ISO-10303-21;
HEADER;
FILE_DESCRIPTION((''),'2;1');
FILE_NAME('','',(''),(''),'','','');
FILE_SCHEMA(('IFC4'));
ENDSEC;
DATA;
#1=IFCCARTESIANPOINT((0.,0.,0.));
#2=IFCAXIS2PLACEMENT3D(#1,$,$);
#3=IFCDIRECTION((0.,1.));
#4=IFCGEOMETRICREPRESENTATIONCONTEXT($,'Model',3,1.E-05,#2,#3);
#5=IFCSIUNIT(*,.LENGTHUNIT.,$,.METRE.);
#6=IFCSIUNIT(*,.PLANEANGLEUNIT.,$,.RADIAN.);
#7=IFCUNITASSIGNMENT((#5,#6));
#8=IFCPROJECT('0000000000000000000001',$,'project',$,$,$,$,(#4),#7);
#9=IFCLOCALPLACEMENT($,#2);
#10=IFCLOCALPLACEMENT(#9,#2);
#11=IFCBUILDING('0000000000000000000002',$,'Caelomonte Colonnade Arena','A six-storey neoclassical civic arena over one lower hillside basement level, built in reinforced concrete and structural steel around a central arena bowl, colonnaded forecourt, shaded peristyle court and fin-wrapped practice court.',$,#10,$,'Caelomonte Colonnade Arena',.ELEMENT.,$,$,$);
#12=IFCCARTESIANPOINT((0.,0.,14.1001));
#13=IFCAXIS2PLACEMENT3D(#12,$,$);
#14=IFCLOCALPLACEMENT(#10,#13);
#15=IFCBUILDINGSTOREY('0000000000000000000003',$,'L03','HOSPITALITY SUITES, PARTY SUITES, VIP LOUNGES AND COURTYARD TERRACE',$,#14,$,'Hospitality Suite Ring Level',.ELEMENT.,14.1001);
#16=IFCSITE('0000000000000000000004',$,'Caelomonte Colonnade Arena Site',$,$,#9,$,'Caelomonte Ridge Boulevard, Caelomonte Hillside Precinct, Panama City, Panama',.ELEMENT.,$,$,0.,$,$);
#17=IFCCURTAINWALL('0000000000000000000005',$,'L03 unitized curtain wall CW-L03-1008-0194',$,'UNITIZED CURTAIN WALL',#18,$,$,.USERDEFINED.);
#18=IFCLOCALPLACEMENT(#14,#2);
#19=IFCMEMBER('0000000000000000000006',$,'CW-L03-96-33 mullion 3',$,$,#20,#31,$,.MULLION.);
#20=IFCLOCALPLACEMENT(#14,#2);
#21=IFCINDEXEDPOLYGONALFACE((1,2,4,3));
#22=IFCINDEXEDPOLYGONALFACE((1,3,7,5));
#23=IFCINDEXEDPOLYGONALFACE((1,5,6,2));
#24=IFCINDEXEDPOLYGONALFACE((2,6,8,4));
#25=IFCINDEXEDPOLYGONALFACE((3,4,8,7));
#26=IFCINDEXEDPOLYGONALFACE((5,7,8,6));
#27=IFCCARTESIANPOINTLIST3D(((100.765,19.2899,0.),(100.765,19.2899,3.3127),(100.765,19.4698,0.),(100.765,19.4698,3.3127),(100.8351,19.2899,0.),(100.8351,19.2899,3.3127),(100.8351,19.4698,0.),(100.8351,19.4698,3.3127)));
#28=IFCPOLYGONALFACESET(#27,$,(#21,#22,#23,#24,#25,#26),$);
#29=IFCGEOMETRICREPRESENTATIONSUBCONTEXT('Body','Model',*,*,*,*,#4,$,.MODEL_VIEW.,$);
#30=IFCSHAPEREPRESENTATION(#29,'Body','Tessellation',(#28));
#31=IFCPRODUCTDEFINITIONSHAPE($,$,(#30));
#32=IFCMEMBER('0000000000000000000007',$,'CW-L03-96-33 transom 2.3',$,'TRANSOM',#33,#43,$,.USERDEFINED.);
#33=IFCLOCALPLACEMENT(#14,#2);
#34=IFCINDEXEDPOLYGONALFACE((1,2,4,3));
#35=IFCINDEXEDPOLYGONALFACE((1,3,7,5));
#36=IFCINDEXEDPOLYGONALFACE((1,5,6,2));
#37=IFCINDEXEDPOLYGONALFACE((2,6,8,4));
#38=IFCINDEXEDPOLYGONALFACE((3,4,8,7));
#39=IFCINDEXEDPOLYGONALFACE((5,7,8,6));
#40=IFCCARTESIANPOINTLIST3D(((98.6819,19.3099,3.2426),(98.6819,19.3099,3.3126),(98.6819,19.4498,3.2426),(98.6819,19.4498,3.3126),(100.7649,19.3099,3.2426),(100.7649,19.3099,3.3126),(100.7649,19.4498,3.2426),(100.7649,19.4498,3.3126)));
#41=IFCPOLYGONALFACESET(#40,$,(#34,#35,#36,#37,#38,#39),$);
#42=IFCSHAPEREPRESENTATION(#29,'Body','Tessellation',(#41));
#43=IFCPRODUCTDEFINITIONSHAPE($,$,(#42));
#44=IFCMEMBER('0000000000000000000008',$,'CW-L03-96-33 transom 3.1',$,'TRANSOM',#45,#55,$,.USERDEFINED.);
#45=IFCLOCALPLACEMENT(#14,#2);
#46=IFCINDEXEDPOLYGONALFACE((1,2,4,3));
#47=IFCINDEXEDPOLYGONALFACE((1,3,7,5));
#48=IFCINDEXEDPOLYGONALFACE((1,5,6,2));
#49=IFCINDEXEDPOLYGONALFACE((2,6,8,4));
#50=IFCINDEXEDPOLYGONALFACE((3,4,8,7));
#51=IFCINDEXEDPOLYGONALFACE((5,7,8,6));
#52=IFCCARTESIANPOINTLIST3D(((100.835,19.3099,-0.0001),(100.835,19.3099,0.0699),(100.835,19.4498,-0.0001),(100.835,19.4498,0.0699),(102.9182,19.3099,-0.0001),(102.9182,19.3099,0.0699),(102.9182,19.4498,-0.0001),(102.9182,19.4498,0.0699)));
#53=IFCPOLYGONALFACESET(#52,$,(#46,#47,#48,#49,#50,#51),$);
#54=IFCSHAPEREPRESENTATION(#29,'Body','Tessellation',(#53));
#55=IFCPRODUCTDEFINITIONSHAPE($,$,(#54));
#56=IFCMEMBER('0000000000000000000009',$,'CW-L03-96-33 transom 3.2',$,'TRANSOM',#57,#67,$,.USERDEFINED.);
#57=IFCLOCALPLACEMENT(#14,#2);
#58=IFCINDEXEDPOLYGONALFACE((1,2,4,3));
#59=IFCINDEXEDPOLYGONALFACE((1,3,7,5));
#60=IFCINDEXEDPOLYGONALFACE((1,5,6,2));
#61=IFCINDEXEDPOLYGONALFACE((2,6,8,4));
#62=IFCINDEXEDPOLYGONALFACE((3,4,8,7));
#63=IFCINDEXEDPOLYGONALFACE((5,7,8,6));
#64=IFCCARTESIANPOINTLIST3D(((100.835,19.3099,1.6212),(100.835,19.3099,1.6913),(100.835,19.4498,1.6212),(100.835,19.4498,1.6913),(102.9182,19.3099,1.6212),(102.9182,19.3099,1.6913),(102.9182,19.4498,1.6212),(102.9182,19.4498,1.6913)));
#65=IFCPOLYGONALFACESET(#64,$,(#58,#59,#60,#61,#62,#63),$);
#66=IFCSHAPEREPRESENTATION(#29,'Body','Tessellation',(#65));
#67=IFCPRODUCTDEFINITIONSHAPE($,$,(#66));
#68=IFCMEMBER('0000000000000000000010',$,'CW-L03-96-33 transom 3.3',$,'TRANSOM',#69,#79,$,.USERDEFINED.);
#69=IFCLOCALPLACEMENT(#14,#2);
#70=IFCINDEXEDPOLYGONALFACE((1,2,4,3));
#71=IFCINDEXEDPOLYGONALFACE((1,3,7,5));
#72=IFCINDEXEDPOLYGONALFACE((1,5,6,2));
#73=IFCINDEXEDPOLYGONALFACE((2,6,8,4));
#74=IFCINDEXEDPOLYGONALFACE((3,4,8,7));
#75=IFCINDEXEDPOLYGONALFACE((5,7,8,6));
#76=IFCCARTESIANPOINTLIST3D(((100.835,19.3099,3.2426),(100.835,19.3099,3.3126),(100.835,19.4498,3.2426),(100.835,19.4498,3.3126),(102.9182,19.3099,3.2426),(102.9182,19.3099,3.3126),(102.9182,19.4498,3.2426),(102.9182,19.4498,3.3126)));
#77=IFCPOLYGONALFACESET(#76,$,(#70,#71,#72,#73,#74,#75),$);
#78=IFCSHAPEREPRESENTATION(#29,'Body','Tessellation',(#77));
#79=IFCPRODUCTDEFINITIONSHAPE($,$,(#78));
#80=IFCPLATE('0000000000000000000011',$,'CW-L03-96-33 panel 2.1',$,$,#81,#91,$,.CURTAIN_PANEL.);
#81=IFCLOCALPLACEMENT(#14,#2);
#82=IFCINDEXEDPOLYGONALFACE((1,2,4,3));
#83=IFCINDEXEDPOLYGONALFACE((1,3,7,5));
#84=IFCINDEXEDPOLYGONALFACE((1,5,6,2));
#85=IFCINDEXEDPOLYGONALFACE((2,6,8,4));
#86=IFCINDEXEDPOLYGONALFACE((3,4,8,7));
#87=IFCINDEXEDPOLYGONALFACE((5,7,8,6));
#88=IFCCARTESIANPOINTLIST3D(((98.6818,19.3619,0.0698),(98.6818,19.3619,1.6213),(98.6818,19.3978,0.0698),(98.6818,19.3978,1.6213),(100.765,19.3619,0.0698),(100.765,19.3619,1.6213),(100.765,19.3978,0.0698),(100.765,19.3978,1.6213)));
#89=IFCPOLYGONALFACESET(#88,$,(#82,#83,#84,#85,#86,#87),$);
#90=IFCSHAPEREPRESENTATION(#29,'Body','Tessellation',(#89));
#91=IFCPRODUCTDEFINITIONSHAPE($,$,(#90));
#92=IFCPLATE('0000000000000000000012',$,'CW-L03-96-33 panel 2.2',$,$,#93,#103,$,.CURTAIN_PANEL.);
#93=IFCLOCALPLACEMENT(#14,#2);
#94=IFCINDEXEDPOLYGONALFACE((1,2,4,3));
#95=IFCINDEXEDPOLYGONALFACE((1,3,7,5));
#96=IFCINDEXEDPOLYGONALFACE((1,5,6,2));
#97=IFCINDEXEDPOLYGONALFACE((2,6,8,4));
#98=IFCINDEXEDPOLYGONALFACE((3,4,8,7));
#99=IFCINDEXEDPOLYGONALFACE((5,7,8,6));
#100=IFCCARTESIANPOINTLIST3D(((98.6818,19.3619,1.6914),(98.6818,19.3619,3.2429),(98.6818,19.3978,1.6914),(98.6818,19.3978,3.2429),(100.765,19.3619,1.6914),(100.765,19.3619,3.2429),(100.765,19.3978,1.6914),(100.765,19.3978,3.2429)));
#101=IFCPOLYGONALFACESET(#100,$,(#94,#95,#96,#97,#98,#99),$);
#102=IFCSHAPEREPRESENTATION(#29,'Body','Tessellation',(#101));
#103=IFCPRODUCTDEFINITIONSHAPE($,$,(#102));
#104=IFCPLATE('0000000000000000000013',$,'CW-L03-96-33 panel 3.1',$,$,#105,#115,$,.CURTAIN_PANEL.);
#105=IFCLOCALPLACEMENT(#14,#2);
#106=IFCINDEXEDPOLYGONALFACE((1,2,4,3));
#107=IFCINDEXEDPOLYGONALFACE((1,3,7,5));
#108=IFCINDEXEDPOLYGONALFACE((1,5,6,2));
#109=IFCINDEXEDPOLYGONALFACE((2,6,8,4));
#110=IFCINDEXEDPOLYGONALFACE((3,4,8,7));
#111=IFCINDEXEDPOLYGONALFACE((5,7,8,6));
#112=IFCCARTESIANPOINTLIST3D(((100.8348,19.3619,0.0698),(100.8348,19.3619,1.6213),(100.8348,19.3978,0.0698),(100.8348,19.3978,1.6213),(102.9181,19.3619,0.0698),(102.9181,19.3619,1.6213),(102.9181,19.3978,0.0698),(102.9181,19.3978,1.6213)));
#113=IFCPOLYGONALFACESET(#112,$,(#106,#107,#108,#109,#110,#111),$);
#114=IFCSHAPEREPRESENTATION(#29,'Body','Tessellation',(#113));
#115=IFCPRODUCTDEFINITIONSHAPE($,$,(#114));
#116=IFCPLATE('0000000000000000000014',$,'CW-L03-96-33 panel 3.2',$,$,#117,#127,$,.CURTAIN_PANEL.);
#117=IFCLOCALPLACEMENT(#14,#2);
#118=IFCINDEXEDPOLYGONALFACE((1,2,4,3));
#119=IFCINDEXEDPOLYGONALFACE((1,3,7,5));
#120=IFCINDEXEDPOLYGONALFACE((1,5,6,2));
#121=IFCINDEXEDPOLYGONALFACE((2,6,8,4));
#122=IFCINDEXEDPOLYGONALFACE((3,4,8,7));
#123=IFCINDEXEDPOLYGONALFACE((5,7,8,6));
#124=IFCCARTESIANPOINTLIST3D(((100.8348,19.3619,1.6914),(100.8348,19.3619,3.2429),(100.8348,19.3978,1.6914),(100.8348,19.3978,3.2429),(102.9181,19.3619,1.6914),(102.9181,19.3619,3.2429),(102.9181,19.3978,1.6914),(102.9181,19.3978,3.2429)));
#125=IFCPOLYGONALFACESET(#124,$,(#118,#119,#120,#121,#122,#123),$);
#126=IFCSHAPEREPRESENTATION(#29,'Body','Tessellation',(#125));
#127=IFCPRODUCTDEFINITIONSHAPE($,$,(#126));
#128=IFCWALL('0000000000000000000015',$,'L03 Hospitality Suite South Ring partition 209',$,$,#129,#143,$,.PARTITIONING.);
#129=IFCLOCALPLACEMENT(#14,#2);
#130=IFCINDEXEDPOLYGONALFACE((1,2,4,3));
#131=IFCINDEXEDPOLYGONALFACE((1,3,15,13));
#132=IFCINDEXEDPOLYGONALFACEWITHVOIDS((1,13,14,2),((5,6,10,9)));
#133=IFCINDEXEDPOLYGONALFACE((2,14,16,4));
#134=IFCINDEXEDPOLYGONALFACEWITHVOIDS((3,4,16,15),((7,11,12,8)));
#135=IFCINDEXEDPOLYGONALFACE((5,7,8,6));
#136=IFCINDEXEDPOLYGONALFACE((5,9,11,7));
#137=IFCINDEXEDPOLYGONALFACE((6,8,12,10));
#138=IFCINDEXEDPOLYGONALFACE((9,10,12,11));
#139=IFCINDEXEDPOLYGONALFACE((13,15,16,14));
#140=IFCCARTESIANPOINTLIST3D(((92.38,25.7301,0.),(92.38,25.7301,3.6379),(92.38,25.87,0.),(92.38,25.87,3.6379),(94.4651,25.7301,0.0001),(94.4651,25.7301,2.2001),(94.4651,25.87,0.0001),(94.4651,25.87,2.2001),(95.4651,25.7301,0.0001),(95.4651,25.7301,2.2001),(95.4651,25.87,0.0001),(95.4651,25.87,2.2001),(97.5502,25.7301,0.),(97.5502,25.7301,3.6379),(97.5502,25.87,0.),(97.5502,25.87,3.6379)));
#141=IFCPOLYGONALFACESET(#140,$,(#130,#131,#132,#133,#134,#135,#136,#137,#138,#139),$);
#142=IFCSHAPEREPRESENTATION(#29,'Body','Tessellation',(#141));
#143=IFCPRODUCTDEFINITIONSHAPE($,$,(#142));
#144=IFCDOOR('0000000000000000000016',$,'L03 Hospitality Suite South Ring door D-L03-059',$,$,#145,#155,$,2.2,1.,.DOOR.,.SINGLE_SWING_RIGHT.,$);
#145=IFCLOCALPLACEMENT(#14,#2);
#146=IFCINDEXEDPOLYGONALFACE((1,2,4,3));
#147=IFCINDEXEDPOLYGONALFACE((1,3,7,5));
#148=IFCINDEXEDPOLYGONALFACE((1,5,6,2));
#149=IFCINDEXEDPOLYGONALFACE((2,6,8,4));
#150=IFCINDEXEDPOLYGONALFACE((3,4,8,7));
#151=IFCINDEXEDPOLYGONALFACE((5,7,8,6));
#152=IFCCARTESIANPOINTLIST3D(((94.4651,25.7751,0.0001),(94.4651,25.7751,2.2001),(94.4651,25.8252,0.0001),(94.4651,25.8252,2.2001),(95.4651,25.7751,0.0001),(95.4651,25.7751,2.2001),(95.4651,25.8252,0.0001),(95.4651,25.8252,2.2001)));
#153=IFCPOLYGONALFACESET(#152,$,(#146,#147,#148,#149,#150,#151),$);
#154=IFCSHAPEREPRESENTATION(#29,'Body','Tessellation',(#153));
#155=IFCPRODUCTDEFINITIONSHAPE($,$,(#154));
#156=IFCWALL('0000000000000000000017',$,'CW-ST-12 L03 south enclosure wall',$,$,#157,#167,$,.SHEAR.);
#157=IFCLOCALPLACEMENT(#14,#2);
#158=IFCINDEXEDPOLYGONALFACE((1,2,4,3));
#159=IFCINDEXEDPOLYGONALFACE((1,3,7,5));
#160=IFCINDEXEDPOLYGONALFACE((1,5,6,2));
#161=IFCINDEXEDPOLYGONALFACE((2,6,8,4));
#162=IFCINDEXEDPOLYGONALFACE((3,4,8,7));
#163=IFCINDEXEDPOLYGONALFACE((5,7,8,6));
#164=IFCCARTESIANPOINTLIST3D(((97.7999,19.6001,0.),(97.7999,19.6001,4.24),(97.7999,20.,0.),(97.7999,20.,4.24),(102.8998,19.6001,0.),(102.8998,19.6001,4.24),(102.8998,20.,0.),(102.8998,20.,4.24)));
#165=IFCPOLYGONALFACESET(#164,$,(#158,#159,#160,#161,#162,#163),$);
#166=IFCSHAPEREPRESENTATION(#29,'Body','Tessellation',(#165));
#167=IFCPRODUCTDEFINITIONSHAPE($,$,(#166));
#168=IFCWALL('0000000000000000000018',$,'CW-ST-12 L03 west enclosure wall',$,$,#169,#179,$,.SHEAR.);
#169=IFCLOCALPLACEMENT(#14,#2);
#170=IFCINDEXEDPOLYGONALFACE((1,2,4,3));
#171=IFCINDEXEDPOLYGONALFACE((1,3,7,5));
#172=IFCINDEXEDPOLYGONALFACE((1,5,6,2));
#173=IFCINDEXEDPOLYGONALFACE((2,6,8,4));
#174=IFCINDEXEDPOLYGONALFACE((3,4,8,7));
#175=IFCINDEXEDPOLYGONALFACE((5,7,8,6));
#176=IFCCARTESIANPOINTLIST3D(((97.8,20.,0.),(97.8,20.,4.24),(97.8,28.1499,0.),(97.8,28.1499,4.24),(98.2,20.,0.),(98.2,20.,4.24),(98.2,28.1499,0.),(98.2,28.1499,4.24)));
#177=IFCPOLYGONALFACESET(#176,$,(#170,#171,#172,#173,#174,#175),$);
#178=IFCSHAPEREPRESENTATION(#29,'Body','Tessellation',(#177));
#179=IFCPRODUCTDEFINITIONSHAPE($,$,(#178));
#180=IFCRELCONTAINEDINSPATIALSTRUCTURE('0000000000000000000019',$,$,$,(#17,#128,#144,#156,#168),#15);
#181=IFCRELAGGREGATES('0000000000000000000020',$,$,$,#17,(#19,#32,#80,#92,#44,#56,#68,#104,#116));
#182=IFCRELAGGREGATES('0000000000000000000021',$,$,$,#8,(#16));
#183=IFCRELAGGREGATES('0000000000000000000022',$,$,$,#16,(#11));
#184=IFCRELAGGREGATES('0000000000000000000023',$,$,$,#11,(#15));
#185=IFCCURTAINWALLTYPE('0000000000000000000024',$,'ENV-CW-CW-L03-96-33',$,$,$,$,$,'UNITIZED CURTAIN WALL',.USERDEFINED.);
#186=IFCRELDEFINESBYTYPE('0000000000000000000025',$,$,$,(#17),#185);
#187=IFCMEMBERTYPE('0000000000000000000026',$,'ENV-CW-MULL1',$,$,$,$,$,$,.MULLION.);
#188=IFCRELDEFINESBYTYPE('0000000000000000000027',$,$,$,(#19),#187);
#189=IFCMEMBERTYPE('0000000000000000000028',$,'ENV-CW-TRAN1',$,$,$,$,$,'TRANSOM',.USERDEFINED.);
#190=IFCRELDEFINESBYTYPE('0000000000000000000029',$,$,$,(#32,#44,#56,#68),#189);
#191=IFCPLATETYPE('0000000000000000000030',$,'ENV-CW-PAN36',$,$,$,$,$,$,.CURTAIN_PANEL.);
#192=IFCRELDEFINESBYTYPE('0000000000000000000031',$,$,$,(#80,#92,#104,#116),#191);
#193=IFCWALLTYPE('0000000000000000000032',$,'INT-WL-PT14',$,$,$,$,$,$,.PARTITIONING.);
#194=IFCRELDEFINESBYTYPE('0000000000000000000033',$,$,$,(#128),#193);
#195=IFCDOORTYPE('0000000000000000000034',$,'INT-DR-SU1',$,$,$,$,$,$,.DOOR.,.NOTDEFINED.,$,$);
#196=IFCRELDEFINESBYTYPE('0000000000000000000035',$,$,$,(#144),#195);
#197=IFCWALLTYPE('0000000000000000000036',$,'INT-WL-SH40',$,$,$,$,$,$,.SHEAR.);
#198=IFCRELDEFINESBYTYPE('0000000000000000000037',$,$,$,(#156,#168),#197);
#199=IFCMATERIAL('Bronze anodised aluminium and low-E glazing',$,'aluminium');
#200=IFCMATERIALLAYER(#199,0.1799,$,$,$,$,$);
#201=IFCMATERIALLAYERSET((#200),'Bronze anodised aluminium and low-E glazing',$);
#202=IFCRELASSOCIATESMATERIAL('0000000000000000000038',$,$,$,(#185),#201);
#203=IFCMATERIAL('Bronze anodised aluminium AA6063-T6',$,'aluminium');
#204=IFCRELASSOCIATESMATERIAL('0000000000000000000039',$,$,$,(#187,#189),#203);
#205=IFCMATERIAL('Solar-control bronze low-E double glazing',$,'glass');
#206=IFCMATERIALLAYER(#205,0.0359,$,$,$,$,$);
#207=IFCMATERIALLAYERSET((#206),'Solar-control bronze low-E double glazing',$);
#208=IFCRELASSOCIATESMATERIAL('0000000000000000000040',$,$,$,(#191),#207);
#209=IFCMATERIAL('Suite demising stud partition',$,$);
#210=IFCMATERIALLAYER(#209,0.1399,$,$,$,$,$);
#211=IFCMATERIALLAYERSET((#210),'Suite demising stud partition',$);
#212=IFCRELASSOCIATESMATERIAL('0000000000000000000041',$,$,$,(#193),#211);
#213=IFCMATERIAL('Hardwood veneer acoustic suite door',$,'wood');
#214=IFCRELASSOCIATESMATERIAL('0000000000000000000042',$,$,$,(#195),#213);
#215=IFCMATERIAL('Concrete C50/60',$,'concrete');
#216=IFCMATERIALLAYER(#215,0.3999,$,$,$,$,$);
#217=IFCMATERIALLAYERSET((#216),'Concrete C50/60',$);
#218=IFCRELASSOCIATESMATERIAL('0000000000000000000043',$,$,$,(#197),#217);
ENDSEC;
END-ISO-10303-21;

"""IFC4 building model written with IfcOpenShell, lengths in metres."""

from ifc_helpers import new_model, si_unit, direction, frame, frame_2d, origin, origin_2d, place, context, subcontext, project, spatial, rectangle, extrude, material, layer, layer_set, material_profile, profile_set, type_object, element, fill, aggregate, save


model = new_model("IFC4")

# Units and contexts
model_context = context("Model", 3, precision=1e-05, world=origin(), true_north=direction((0.0, 1.0)))
body_context = subcontext(model_context, "Body", "Model", "MODEL_VIEW")
ifc_project = project(units=[si_unit("LENGTHUNIT", "METRE"), si_unit("PLANEANGLEUNIT", "RADIAN")], contexts=[model_context])

# Site, building, storey
site_placement = place(None, origin())
site = spatial("IfcSite", under=ifc_project, at=site_placement, Name="Caelomonte Colonnade Arena Site", LongName="Caelomonte Ridge Boulevard, Caelomonte Hillside Precinct, Panama City, Panama", CompositionType="ELEMENT", RefElevation=0.0)
building_placement = place(site_placement, origin())
building = spatial("IfcBuilding", under=site, at=building_placement, Name="Caelomonte Colonnade Arena", Description="A six-storey neoclassical civic arena over one lower hillside basement level, built in reinforced concrete and structural steel around a central arena bowl, colonnaded forecourt, shaded peristyle court and fin-wrapped practice court.", LongName="Caelomonte Colonnade Arena", CompositionType="ELEMENT")
storey_placement = place(building_placement, frame((0.0, 0.0, 14.1001)))
storey = spatial("IfcBuildingStorey", under=building, at=storey_placement, Name="L03", Description="HOSPITALITY SUITES, PARTY SUITES, VIP LOUNGES AND COURTYARD TERRACE", LongName="Hospitality Suite Ring Level", CompositionType="ELEMENT", Elevation=14.1001)

# Curtain wall, members, plates
ifc_material_1 = material(Name="Bronze anodised aluminium and low-E glazing", Category="aluminium")
ifc_layer_1 = layer(ifc_material_1, 0.1799)
ifc_layer_set_1 = layer_set([ifc_layer_1], Name="Bronze anodised aluminium and low-E glazing")
curtain_wall_type = type_object("IfcCurtainWallType", Name="ENV-CW-CW-L03-96-33", ElementType="UNITIZED CURTAIN WALL", PredefinedType="USERDEFINED", material=ifc_layer_set_1)
curtain_wall_placement = place(storey_placement, origin())
curtain_wall = element("IfcCurtainWall", 1, at=curtain_wall_placement, inside=storey, type_object=curtain_wall_type, Name="L03 unitized curtain wall CW-L03-1008-0194", ObjectType="UNITIZED CURTAIN WALL", PredefinedType="USERDEFINED")
ifc_material_2 = material(Name="Bronze anodised aluminium AA6063-T6", Category="aluminium")
ifc_material_profile_1 = material_profile(ifc_material_2, rectangle(XDim=0.0701, YDim=0.1799, at=origin_2d()), Name="CWM-70X180")
ifc_profile_set_1 = profile_set([ifc_material_profile_1], Name="Bronze anodised aluminium AA6063-T6")
member_type_1 = type_object("IfcMemberType", Name="ENV-CW-MULL1", PredefinedType="MULLION", material=ifc_profile_set_1)
member_1_placement = place(storey_placement, frame((100.8, 19.3799, 0.0), z_axis=(0.0, 0.0, 1.0), x_axis=(1.0, 0.0, 0.0)))
member_1 = element("IfcMember", 2, at=member_1_placement, type_object=member_type_1, Name="CW-L03-96-33 mullion 3", PredefinedType="MULLION", context=body_context, shape_type="SweptSolid", body=[
    extrude(rectangle(XDim=0.0701, YDim=0.1799, at=origin_2d()), origin(), (0.0, 0.0, 1.0), 3.3127),
])
ifc_material_profile_2 = material_profile(ifc_material_2, rectangle(XDim=0.0701, YDim=0.1399, at=origin_2d()), Name="CWT-70X140")
ifc_profile_set_2 = profile_set([ifc_material_profile_2], Name="Bronze anodised aluminium AA6063-T6")
member_type_2 = type_object("IfcMemberType", Name="ENV-CW-TRAN1", ElementType="TRANSOM", PredefinedType="USERDEFINED", material=ifc_profile_set_2)
member_2_placement = place(storey_placement, frame((98.6819, 19.3799, 3.2776), z_axis=(1.0, 0.0, 0.0), x_axis=(0.0, 0.0, 1.0)))
member_2 = element("IfcMember", 3, at=member_2_placement, type_object=member_type_2, Name="CW-L03-96-33 transom 2.3", ObjectType="TRANSOM", PredefinedType="USERDEFINED", context=body_context, shape_type="SweptSolid", body=[
    extrude(rectangle(XDim=0.0701, YDim=0.1399, at=origin_2d()), origin(), (0.0, 0.0, 1.0), 2.083),
])
member_3_placement = place(storey_placement, frame((100.835, 19.3799, 0.0349), z_axis=(1.0, 0.0, 0.0), x_axis=(0.0, 0.0, 1.0)))
member_3 = element("IfcMember", 4, at=member_3_placement, type_object=member_type_2, Name="CW-L03-96-33 transom 3.1", ObjectType="TRANSOM", PredefinedType="USERDEFINED", context=body_context, shape_type="SweptSolid", body=[
    extrude(rectangle(XDim=0.0701, YDim=0.1399, at=origin_2d()), origin(), (0.0, 0.0, 1.0), 2.0833),
])
member_4_placement = place(storey_placement, frame((100.835, 19.3799, 1.6562), z_axis=(1.0, 0.0, 0.0), x_axis=(0.0, 0.0, 1.0)))
member_4 = element("IfcMember", 5, at=member_4_placement, type_object=member_type_2, Name="CW-L03-96-33 transom 3.2", ObjectType="TRANSOM", PredefinedType="USERDEFINED", context=body_context, shape_type="SweptSolid", body=[
    extrude(rectangle(XDim=0.0701, YDim=0.1399, at=origin_2d()), origin(), (0.0, 0.0, 1.0), 2.0833),
])
member_5_placement = place(storey_placement, frame((100.835, 19.3799, 3.2776), z_axis=(1.0, 0.0, 0.0), x_axis=(0.0, 0.0, 1.0)))
member_5 = element("IfcMember", 6, at=member_5_placement, type_object=member_type_2, Name="CW-L03-96-33 transom 3.3", ObjectType="TRANSOM", PredefinedType="USERDEFINED", context=body_context, shape_type="SweptSolid", body=[
    extrude(rectangle(XDim=0.0701, YDim=0.1399, at=origin_2d()), origin(), (0.0, 0.0, 1.0), 2.0833),
])
ifc_material_3 = material(Name="Solar-control bronze low-E double glazing", Category="glass")
ifc_layer_2 = layer(ifc_material_3, 0.0359)
ifc_layer_set_2 = layer_set([ifc_layer_2], Name="Solar-control bronze low-E double glazing")
plate_type = type_object("IfcPlateType", Name="ENV-CW-PAN36", PredefinedType="CURTAIN_PANEL", material=ifc_layer_set_2)
plate_1_placement = place(storey_placement, frame((99.7234, 19.3799, 0.0698), z_axis=(0.0, 0.0, 1.0), x_axis=(1.0, 0.0, 0.0)))
plate_1 = element("IfcPlate", 7, at=plate_1_placement, type_object=plate_type, Name="CW-L03-96-33 panel 2.1", PredefinedType="CURTAIN_PANEL", context=body_context, shape_type="SweptSolid", body=[
    extrude(rectangle(XDim=2.0833, YDim=0.0359, at=origin_2d()), origin(), (0.0, 0.0, 1.0), 1.5515),
])
plate_2_placement = place(storey_placement, frame((99.7234, 19.3799, 1.6914), z_axis=(0.0, 0.0, 1.0), x_axis=(1.0, 0.0, 0.0)))
plate_2 = element("IfcPlate", 8, at=plate_2_placement, type_object=plate_type, Name="CW-L03-96-33 panel 2.2", PredefinedType="CURTAIN_PANEL", context=body_context, shape_type="SweptSolid", body=[
    extrude(rectangle(XDim=2.0833, YDim=0.0359, at=origin_2d()), origin(), (0.0, 0.0, 1.0), 1.5515),
])
plate_3_placement = place(storey_placement, frame((101.8765, 19.3799, 0.0698), z_axis=(0.0, 0.0, 1.0), x_axis=(1.0, 0.0, 0.0)))
plate_3 = element("IfcPlate", 9, at=plate_3_placement, type_object=plate_type, Name="CW-L03-96-33 panel 3.1", PredefinedType="CURTAIN_PANEL", context=body_context, shape_type="SweptSolid", body=[
    extrude(rectangle(XDim=2.0833, YDim=0.0359, at=origin_2d()), origin(), (0.0, 0.0, 1.0), 1.5515),
])
plate_4_placement = place(storey_placement, frame((101.8765, 19.3799, 1.6914), z_axis=(0.0, 0.0, 1.0), x_axis=(1.0, 0.0, 0.0)))
plate_4 = element("IfcPlate", 10, at=plate_4_placement, type_object=plate_type, Name="CW-L03-96-33 panel 3.2", PredefinedType="CURTAIN_PANEL", context=body_context, shape_type="SweptSolid", body=[
    extrude(rectangle(XDim=2.0833, YDim=0.0359, at=origin_2d()), origin(), (0.0, 0.0, 1.0), 1.5515),
])
aggregate(curtain_wall, [member_1, member_2, plate_1, plate_2, member_3, member_4, member_5, plate_3, plate_4])

# Wall, opening, door
ifc_material_4 = material(Name="Suite demising stud partition")
ifc_layer_3 = layer(ifc_material_4, 0.1399)
ifc_layer_set_3 = layer_set([ifc_layer_3], Name="Suite demising stud partition")
wall_type_1 = type_object("IfcWallType", Name="INT-WL-PT14", PredefinedType="PARTITIONING", material=ifc_layer_set_3)
wall_1_placement = place(storey_placement, frame((97.55, 25.8, 0.0), z_axis=(0.0, 0.0, 1.0), x_axis=(-1.0, 0.0, 0.0)))
wall_1 = element("IfcWall", 11, at=wall_1_placement, inside=storey, type_object=wall_type_1, Name="L03 Hospitality Suite South Ring partition 209", PredefinedType="PARTITIONING", context=body_context, shape_type="SweptSolid", body=[
    extrude(rectangle(XDim=5.1702, YDim=0.1399, at=frame_2d((2.585, 0.0))), origin(), (0.0, 0.0, 1.0), 3.6379),
])
opening_placement = place(wall_1_placement, frame((2.085, 0.0, 0.0), z_axis=(0.0, 0.0, 1.0), x_axis=(1.0, 0.0, 0.0)))
opening = element("IfcOpeningElement", 12, at=opening_placement, cuts=wall_1, PredefinedType="OPENING", context=body_context, shape_type="SweptSolid", body=[
    extrude(rectangle(XDim=1.0, YDim=2.2, at=frame_2d((0.5, 1.1001))), frame((0.0, 0.0798, 0.0), z_axis=(0.0, -1.0, 0.0), x_axis=(1.0, 0.0, 0.0)), (0.0, 0.0, 1.0), 0.1599),
])
ifc_material_5 = material(Name="Hardwood veneer acoustic suite door", Category="wood")
door_type = type_object("IfcDoorType", Name="INT-DR-SU1", OperationType="NOTDEFINED", PredefinedType="DOOR", material=ifc_material_5)
door_placement = place(opening_placement, origin())
door = element("IfcDoor", 13, at=door_placement, inside=storey, type_object=door_type, Name="L03 Hospitality Suite South Ring door D-L03-059", OperationType="SINGLE_SWING_RIGHT", OverallHeight=2.2, OverallWidth=1.0, PredefinedType="DOOR", context=body_context, shape_type="SweptSolid", body=[
    extrude(rectangle(XDim=1.0, YDim=2.2, at=frame_2d((0.5, 1.1001))), frame((0.0, 0.0249, 0.0), z_axis=(0.0, -1.0, 0.0), x_axis=(1.0, 0.0, 0.0)), (0.0, 0.0, 1.0), 0.05),
])
fill(opening, door)

# Walls
ifc_material_6 = material(Name="Concrete C50/60", Category="concrete")
ifc_layer_4 = layer(ifc_material_6, 0.3999)
ifc_layer_set_4 = layer_set([ifc_layer_4], Name="Concrete C50/60")
wall_type_2 = type_object("IfcWallType", Name="INT-WL-SH40", PredefinedType="SHEAR", material=ifc_layer_set_4)
wall_2_placement = place(storey_placement, frame((97.8, 19.8, 0.0), z_axis=(0.0, 0.0, 1.0), x_axis=(1.0, 0.0, 0.0)))
element("IfcWall", 14, at=wall_2_placement, inside=storey, type_object=wall_type_2, Name="CW-ST-12 L03 south enclosure wall", PredefinedType="SHEAR", context=body_context, shape_type="SweptSolid", body=[
    extrude(rectangle(XDim=5.0999, YDim=0.3999, at=frame_2d((2.5498, 0.0))), origin(), (0.0, 0.0, 1.0), 4.24),
])
wall_3_placement = place(storey_placement, frame((98.0, 28.1499, 0.0), z_axis=(0.0, 0.0, 1.0), x_axis=(0.0, -1.0, 0.0)))
element("IfcWall", 15, at=wall_3_placement, inside=storey, type_object=wall_type_2, Name="CW-ST-12 L03 west enclosure wall", PredefinedType="SHEAR", context=body_context, shape_type="SweptSolid", body=[
    extrude(rectangle(XDim=8.1499, YDim=0.3999, at=frame_2d((4.075, 0.0))), origin(), (0.0, 0.0, 1.0), 4.24),
])

save(model, "model.ifc")
